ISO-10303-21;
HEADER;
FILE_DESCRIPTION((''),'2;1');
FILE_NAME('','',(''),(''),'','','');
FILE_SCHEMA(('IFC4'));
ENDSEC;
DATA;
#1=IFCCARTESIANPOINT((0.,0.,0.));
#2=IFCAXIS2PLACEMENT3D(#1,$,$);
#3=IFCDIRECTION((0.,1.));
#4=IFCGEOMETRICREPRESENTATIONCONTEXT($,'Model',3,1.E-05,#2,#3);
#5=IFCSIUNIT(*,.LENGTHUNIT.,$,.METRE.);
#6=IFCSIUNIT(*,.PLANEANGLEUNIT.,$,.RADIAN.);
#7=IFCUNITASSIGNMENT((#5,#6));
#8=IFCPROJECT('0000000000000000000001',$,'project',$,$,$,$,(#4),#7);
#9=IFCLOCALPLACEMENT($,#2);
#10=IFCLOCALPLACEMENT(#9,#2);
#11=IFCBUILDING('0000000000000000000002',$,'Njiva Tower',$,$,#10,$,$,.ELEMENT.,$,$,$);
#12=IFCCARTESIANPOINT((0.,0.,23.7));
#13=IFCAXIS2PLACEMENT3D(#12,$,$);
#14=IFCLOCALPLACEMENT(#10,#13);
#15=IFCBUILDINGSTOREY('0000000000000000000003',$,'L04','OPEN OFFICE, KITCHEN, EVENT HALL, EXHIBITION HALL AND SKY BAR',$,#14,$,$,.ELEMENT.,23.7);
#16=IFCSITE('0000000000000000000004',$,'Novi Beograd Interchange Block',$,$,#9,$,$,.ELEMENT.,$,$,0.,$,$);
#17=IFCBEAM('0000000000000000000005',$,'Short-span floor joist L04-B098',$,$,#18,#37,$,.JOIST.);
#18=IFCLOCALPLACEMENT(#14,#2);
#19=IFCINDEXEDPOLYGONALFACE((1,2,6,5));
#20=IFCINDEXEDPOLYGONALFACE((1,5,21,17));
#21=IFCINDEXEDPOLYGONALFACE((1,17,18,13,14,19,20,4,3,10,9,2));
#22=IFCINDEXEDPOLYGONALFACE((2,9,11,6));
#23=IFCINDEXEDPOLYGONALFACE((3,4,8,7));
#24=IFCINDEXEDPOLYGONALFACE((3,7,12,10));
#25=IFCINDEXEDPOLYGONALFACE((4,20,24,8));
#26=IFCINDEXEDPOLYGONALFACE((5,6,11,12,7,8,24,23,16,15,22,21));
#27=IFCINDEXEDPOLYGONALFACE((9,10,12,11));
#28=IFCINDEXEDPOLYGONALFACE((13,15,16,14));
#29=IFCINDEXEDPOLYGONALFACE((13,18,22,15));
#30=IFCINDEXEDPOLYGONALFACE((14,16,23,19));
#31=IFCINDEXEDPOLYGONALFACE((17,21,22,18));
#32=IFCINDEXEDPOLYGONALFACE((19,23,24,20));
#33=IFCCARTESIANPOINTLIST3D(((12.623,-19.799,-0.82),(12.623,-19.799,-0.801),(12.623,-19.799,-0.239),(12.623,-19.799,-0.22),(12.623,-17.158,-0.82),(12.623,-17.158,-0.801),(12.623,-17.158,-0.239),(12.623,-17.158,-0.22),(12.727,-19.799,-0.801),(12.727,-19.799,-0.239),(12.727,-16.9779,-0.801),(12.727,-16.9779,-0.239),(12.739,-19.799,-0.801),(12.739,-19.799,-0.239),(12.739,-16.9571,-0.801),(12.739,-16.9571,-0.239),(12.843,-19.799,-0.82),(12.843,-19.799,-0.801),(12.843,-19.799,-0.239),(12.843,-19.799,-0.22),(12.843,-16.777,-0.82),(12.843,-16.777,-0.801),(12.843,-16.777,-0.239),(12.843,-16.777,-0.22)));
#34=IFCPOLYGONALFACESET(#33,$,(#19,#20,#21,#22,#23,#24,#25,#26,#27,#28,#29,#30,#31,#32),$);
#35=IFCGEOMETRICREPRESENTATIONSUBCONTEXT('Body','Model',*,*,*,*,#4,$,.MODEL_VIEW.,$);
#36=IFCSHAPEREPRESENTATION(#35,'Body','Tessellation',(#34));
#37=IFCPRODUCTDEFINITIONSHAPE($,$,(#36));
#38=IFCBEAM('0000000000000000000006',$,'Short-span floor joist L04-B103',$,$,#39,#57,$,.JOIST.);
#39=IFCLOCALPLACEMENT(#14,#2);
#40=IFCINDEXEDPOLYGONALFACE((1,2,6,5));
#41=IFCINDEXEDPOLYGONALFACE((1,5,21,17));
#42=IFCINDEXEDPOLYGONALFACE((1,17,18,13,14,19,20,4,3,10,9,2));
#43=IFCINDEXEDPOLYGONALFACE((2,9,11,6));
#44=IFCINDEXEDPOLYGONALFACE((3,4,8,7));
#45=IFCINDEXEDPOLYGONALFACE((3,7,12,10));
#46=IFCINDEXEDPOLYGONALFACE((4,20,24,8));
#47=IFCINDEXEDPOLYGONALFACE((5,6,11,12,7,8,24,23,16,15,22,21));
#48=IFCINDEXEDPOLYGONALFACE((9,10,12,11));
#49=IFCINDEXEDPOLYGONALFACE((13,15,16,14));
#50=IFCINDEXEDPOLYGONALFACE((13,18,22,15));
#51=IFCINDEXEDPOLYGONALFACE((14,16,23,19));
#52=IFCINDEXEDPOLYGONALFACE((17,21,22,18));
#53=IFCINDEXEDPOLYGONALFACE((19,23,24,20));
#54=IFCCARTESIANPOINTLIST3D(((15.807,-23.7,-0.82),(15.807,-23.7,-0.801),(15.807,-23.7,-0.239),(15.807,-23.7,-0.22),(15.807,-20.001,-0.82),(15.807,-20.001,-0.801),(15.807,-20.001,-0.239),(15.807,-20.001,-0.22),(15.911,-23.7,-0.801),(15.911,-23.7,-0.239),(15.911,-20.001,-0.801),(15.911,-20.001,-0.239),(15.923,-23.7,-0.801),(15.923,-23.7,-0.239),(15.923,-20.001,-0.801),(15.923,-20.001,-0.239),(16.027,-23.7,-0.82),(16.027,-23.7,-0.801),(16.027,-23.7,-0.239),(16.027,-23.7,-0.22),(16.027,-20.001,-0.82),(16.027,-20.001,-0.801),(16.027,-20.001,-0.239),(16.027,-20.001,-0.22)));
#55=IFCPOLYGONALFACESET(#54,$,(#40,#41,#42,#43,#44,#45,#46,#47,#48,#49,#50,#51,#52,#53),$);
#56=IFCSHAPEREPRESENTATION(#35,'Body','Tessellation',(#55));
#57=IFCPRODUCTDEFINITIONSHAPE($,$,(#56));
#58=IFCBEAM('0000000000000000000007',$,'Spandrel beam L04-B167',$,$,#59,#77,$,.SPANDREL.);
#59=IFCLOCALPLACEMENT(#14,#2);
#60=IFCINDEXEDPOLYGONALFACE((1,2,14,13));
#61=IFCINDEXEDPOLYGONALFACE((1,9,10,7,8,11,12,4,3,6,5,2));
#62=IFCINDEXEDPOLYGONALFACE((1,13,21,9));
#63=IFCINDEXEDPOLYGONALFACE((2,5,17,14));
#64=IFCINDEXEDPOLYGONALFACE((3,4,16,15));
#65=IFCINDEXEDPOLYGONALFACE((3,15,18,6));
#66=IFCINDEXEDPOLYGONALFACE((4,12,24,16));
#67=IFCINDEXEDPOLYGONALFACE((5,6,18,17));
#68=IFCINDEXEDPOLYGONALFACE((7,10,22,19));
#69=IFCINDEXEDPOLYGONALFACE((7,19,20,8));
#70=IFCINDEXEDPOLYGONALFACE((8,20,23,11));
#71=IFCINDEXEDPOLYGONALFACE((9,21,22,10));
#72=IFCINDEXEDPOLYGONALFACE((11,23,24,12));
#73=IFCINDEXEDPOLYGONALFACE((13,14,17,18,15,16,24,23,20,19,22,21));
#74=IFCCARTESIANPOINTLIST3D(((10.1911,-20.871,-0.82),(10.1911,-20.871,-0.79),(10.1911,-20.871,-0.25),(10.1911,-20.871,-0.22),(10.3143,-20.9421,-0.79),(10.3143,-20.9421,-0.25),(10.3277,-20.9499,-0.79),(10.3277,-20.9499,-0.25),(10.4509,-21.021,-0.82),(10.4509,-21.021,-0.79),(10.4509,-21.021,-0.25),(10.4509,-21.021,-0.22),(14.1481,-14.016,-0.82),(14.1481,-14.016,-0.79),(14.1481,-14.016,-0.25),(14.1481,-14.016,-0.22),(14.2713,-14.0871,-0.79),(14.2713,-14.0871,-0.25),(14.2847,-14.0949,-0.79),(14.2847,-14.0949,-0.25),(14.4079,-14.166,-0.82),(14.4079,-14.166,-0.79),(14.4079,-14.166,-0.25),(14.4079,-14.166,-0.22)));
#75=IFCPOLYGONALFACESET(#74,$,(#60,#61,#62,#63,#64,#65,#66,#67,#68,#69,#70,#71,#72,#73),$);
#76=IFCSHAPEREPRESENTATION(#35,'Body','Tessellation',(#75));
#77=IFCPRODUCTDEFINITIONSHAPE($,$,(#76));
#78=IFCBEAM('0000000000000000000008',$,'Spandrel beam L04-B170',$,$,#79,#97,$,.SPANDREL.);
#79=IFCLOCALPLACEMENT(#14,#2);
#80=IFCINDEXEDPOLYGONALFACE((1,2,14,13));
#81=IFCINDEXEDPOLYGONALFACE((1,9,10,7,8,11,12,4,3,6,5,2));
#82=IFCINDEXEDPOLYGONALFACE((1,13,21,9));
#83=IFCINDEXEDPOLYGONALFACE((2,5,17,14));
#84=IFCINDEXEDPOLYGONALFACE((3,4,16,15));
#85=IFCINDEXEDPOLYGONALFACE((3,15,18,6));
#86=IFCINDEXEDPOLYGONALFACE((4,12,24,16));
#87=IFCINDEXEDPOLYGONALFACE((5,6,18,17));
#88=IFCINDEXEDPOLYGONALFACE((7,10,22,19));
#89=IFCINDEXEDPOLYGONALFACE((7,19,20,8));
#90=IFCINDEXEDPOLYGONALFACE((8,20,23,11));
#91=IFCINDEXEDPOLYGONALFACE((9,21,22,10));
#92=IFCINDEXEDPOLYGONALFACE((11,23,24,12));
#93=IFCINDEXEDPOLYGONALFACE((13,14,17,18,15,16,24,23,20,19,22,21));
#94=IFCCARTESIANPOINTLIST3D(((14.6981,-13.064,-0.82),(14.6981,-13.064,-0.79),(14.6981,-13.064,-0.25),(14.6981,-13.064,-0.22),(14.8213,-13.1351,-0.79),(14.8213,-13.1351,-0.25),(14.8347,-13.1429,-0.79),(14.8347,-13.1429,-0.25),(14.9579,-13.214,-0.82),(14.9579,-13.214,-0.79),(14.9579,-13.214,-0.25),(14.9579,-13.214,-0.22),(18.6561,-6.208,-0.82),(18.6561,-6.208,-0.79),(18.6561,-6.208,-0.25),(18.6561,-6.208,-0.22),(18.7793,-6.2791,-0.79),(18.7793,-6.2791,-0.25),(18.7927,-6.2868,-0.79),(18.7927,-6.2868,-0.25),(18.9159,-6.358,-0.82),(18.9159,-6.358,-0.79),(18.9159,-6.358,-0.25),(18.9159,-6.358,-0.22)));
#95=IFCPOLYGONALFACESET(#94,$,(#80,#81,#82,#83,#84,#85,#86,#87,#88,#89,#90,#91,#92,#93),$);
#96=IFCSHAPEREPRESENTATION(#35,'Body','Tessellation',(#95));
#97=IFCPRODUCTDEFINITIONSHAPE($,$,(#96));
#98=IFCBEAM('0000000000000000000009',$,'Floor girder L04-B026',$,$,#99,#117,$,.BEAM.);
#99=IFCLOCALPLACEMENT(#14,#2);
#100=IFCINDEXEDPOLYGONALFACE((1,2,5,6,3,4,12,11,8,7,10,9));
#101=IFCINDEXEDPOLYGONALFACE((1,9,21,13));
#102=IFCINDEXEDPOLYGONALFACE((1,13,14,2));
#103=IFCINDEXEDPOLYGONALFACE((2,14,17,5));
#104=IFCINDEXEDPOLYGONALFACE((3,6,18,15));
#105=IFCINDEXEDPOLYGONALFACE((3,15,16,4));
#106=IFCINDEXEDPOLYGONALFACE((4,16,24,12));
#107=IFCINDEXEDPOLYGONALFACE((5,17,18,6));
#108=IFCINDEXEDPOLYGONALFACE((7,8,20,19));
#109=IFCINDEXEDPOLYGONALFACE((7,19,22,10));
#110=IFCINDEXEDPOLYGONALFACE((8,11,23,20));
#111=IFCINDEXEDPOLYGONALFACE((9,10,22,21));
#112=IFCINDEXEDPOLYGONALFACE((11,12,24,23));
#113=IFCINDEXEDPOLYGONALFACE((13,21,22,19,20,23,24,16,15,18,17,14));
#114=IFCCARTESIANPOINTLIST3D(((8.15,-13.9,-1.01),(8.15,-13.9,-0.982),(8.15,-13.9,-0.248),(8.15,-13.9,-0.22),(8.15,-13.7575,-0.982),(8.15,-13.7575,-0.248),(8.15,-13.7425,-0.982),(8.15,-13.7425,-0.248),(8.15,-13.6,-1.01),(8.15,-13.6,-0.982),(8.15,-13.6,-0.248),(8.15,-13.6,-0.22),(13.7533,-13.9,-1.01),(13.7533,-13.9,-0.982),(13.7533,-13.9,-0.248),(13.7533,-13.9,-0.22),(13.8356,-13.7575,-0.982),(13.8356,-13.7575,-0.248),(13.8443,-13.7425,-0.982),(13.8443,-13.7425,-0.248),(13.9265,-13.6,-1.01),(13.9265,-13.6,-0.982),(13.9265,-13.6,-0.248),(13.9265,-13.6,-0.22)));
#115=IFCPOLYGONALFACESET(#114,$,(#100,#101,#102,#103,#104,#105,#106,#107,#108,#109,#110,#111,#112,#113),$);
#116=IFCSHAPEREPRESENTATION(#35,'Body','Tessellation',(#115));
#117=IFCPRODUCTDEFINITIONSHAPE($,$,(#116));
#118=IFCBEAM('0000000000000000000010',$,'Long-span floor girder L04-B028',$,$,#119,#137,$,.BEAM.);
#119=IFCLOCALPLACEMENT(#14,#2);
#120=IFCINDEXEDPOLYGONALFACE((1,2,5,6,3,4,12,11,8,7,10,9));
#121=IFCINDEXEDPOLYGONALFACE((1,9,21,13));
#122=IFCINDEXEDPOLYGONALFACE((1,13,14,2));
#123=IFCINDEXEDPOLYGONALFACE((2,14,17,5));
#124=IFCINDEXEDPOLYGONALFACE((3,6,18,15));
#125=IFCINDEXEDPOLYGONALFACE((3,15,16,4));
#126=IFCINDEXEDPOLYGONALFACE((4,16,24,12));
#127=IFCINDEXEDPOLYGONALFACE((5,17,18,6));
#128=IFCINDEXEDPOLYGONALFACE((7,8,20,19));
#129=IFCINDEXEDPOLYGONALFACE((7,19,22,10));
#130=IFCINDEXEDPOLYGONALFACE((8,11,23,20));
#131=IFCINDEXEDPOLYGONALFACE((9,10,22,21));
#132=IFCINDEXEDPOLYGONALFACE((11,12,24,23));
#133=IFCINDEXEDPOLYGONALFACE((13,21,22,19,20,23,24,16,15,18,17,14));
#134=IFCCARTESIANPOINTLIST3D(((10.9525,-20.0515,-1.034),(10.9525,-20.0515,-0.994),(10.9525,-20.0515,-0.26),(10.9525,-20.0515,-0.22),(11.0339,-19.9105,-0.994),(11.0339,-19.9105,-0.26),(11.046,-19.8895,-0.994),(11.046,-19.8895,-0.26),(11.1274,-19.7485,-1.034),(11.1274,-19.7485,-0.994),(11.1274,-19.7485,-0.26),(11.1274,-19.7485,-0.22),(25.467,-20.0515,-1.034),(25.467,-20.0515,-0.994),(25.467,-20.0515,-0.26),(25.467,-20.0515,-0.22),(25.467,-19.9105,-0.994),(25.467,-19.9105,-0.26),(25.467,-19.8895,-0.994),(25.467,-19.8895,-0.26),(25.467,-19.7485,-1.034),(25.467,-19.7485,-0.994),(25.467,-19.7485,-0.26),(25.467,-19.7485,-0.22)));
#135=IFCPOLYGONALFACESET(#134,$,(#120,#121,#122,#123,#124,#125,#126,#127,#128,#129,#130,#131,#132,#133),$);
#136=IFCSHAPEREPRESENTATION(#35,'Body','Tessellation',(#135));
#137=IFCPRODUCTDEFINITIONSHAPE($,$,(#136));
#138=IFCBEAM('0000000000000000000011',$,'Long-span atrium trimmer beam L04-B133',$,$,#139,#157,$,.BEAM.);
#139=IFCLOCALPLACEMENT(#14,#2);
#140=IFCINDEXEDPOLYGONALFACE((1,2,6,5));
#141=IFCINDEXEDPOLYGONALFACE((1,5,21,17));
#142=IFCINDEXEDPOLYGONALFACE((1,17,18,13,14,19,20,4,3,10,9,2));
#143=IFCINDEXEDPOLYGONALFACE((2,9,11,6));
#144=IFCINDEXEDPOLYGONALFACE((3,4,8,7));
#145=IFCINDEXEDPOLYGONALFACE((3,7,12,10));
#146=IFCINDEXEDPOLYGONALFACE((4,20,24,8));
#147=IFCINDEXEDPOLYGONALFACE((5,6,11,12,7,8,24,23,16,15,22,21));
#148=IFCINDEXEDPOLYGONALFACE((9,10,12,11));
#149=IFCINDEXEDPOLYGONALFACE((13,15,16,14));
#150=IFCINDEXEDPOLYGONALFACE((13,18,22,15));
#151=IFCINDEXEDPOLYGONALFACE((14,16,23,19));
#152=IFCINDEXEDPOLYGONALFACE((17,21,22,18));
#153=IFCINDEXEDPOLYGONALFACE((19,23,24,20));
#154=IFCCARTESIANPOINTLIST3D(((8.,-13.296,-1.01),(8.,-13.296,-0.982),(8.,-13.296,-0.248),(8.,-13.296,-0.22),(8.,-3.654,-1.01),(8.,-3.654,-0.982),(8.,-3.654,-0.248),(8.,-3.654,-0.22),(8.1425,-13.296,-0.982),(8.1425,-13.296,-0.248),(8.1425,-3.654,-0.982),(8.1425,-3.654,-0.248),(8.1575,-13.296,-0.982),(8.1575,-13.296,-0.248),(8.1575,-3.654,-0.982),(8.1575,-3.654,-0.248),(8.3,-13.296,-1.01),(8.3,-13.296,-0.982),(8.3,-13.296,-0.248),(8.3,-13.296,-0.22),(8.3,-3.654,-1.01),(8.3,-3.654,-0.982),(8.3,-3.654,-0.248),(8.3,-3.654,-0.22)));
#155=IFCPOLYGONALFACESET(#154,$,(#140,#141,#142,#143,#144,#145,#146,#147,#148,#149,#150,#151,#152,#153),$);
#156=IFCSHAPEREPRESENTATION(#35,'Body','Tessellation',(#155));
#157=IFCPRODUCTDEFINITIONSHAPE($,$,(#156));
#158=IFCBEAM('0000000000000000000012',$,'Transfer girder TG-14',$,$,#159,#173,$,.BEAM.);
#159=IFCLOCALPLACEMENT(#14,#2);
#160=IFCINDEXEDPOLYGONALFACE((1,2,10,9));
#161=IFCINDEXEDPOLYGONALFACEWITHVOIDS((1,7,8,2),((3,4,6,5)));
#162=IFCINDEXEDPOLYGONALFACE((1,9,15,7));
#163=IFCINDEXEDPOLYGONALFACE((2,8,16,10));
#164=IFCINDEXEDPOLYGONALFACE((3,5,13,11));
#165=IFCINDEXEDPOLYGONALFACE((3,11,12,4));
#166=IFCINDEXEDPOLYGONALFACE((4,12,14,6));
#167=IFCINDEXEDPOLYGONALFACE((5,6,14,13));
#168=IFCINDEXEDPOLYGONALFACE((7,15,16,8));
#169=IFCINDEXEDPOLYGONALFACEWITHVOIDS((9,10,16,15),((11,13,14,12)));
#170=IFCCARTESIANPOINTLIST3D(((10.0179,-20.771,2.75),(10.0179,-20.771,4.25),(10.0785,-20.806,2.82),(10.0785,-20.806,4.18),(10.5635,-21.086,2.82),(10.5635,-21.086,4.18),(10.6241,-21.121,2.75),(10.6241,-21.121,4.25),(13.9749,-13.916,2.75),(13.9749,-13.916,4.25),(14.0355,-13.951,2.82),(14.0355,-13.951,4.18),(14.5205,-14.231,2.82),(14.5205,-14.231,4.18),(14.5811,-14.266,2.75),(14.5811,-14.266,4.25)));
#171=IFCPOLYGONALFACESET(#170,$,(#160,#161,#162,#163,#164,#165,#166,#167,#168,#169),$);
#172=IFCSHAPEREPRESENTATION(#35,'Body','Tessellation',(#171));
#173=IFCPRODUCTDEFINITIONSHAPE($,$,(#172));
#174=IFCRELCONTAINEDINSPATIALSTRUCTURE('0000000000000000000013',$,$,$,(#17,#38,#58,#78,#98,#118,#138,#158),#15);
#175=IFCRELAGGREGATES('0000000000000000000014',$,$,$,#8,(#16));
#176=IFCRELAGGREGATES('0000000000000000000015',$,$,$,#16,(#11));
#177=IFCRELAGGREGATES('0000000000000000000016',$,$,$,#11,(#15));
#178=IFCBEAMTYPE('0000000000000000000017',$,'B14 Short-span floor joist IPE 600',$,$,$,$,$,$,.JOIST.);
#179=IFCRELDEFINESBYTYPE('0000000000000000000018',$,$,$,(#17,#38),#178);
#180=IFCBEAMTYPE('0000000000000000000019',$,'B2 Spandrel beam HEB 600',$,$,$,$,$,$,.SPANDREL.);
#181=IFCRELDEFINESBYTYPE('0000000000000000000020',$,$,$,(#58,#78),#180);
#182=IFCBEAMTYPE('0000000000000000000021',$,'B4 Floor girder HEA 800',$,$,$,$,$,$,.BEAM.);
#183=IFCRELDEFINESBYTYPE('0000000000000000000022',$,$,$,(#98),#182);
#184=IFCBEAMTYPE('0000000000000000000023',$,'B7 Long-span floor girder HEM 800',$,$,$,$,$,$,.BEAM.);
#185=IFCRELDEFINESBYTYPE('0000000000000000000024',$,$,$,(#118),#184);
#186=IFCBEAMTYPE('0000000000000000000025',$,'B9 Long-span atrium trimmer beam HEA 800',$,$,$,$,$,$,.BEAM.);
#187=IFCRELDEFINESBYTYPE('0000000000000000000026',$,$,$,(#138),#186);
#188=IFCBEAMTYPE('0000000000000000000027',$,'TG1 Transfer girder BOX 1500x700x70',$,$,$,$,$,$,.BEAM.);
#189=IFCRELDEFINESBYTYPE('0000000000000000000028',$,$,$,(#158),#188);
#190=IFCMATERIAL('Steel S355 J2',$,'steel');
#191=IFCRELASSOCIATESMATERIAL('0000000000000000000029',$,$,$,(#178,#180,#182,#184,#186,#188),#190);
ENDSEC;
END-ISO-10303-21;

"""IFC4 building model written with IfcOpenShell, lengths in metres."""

from ifc_helpers import new_model, si_unit, direction, frame, origin, origin_2d, place, context, subcontext, project, spatial, hollow_rectangle, i_section, extrude, clip, halfspace, material, material_profile, profile_set, type_object, element, save


model = new_model("IFC4")

# Units and contexts
model_context = context("Model", 3, precision=1e-05, world=origin(), true_north=direction((0.0, 1.0)))
body_context = subcontext(model_context, "Body", "Model", "MODEL_VIEW")
ifc_project = project(units=[si_unit("LENGTHUNIT", "METRE"), si_unit("PLANEANGLEUNIT", "RADIAN")], contexts=[model_context])

# Site, building, storey
site_placement = place(None, origin())
site = spatial("IfcSite", under=ifc_project, at=site_placement, Name="Novi Beograd Interchange Block", CompositionType="ELEMENT", RefElevation=0.0)
building_placement = place(site_placement, origin())
building = spatial("IfcBuilding", under=site, at=building_placement, Name="Njiva Tower", CompositionType="ELEMENT")
storey_placement = place(building_placement, frame((0.0, 0.0, 23.7)))
storey = spatial("IfcBuildingStorey", under=building, at=storey_placement, Name="L04", Description="OPEN OFFICE, KITCHEN, EVENT HALL, EXHIBITION HALL AND SKY BAR", CompositionType="ELEMENT", Elevation=23.7)

# Shared definitions
ifc_material_1 = material(Name="Steel S355 J2", Category="steel")

# Beams
ifc_material_profile_1 = material_profile(ifc_material_1, i_section(OverallWidth=0.22, OverallDepth=0.6, WebThickness=0.012, FlangeThickness=0.019, at=origin_2d()), Name="IPE 600")
ifc_profile_set_1 = profile_set([ifc_material_profile_1], Name="Steel S355 J2")
beam_type_1 = type_object("IfcBeamType", Name="B14 Short-span floor joist IPE 600", PredefinedType="JOIST", material=ifc_profile_set_1)
beam_1_placement = place(storey_placement, frame((12.733, -16.756, -0.52), z_axis=(0.0, -1.0, 0.0), x_axis=(1.0, 0.0, 0.0)))
element("IfcBeam", 1, at=beam_1_placement, inside=storey, type_object=beam_type_1, Name="Short-span floor joist L04-B098", PredefinedType="JOIST", context=body_context, shape_type="Clipping", body=[
    clip(extrude(i_section(OverallWidth=0.22, OverallDepth=0.6, WebThickness=0.012, FlangeThickness=0.019, at=origin_2d()), origin(), (0.0, 0.0, 1.0), 3.043), halfspace(frame((-0.043, 0.0, 0.286), z_axis=(-0.866027, 0.0, -0.499998), x_axis=(0.0, -1.0, 0.0)), False)),
])
beam_2_placement = place(storey_placement, frame((15.917, -20.001, -0.52), z_axis=(0.0, -1.0, 0.0), x_axis=(1.0, 0.0, 0.0)))
element("IfcBeam", 2, at=beam_2_placement, inside=storey, type_object=beam_type_1, Name="Short-span floor joist L04-B103", PredefinedType="JOIST", context=body_context, shape_type="SweptSolid", body=[
    extrude(i_section(OverallWidth=0.22, OverallDepth=0.6, WebThickness=0.012, FlangeThickness=0.019, at=origin_2d()), origin(), (0.0, 0.0, 1.0), 3.699),
])
ifc_material_profile_2 = material_profile(ifc_material_1, i_section(OverallWidth=0.3, OverallDepth=0.6, WebThickness=0.0155, FlangeThickness=0.03, at=origin_2d()), Name="HEB 600")
ifc_profile_set_2 = profile_set([ifc_material_profile_2], Name="Steel S355 J2")
beam_type_2 = type_object("IfcBeamType", Name="B2 Spandrel beam HEB 600", PredefinedType="SPANDREL", material=ifc_profile_set_2)
beam_3_placement = place(storey_placement, frame((10.321, -20.946, -0.52), z_axis=(0.49993, 0.866066, 0.0), x_axis=(-0.866066, 0.49993, 0.0)))
element("IfcBeam", 3, at=beam_3_placement, inside=storey, type_object=beam_type_2, Name="Spandrel beam L04-B167", PredefinedType="SPANDREL", context=body_context, shape_type="SweptSolid", body=[
    extrude(i_section(OverallWidth=0.3, OverallDepth=0.6, WebThickness=0.0155, FlangeThickness=0.03, at=origin_2d()), origin(), (0.0, 0.0, 1.0), 7.9151),
])
beam_4_placement = place(storey_placement, frame((14.828, -13.139, -0.52), z_axis=(0.49997, 0.866043, 0.0), x_axis=(-0.866043, 0.49997, 0.0)))
element("IfcBeam", 4, at=beam_4_placement, inside=storey, type_object=beam_type_2, Name="Spandrel beam L04-B170", PredefinedType="SPANDREL", context=body_context, shape_type="SweptSolid", body=[
    extrude(i_section(OverallWidth=0.3, OverallDepth=0.6, WebThickness=0.0155, FlangeThickness=0.03, at=origin_2d()), origin(), (0.0, 0.0, 1.0), 7.9165),
])
ifc_material_profile_3 = material_profile(ifc_material_1, i_section(OverallWidth=0.3, OverallDepth=0.79, WebThickness=0.015, FlangeThickness=0.028, at=origin_2d()), Name="HEA 800")
ifc_profile_set_3 = profile_set([ifc_material_profile_3], Name="Steel S355 J2")
beam_type_3 = type_object("IfcBeamType", Name="B4 Floor girder HEA 800", PredefinedType="BEAM", material=ifc_profile_set_3)
beam_5_placement = place(storey_placement, frame((8.15, -13.75, -0.615), z_axis=(1.0, 0.0, 0.0), x_axis=(0.0, 1.0, 0.0)))
element("IfcBeam", 5, at=beam_5_placement, inside=storey, type_object=beam_type_3, Name="Floor girder L04-B026", PredefinedType="BEAM", context=body_context, shape_type="Clipping", body=[
    clip(extrude(i_section(OverallWidth=0.3, OverallDepth=0.79, WebThickness=0.015, FlangeThickness=0.028, at=origin_2d()), origin(), (0.0, 0.0, 1.0), 5.797), halfspace(frame((-0.025, 0.0, 5.6755), z_axis=(-0.499998, 0.0, 0.866027), x_axis=(0.0, 1.0, 0.0)), False)),
])
ifc_material_profile_4 = material_profile(ifc_material_1, i_section(OverallWidth=0.303, OverallDepth=0.814, WebThickness=0.021, FlangeThickness=0.04, at=origin_2d()), Name="HEM 800")
ifc_profile_set_4 = profile_set([ifc_material_profile_4], Name="Steel S355 J2")
beam_type_4 = type_object("IfcBeamType", Name="B7 Long-span floor girder HEM 800", PredefinedType="BEAM", material=ifc_profile_set_4)
beam_6_placement = place(storey_placement, frame((10.933, -19.9, -0.627), z_axis=(1.0, 0.0, 0.0), x_axis=(0.0, 1.0, 0.0)))
element("IfcBeam", 6, at=beam_6_placement, inside=storey, type_object=beam_type_4, Name="Long-span floor girder L04-B028", PredefinedType="BEAM", context=body_context, shape_type="Clipping", body=[
    clip(extrude(i_section(OverallWidth=0.303, OverallDepth=0.814, WebThickness=0.021, FlangeThickness=0.04, at=origin_2d()), origin(), (0.0, 0.0, 1.0), 14.534), halfspace(frame((0.025, 0.0, 0.1214), z_axis=(0.499998, 0.0, -0.866027), x_axis=(0.0, -1.0, 0.0)), False)),
])
ifc_material_profile_5 = material_profile(ifc_material_1, i_section(OverallWidth=0.3, OverallDepth=0.79, WebThickness=0.015, FlangeThickness=0.028, at=origin_2d()), Name="HEA 800")
ifc_profile_set_5 = profile_set([ifc_material_profile_5], Name="Steel S355 J2")
beam_type_5 = type_object("IfcBeamType", Name="B9 Long-span atrium trimmer beam HEA 800", PredefinedType="BEAM", material=ifc_profile_set_5)
beam_7_placement = place(storey_placement, frame((8.15, -13.296, -0.615), z_axis=(0.0, 1.0, 0.0), x_axis=(-1.0, 0.0, 0.0)))
element("IfcBeam", 7, at=beam_7_placement, inside=storey, type_object=beam_type_5, Name="Long-span atrium trimmer beam L04-B133", PredefinedType="BEAM", context=body_context, shape_type="SweptSolid", body=[
    extrude(i_section(OverallWidth=0.3, OverallDepth=0.79, WebThickness=0.015, FlangeThickness=0.028, at=origin_2d()), origin(), (0.0, 0.0, 1.0), 9.642),
])
ifc_material_profile_6 = material_profile(ifc_material_1, hollow_rectangle(XDim=0.7, YDim=1.5, WallThickness=0.07, at=origin_2d()), Name="BOX 1500x700x70")
ifc_profile_set_6 = profile_set([ifc_material_profile_6], Name="Steel S355 J2")
beam_type_6 = type_object("IfcBeamType", Name="TG1 Transfer girder BOX 1500x700x70", PredefinedType="BEAM", material=ifc_profile_set_6)
beam_8_placement = place(storey_placement, frame((10.321, -20.946, 3.5), z_axis=(0.49993, 0.866066, 0.0), x_axis=(-0.866066, 0.49993, 0.0)))
element("IfcBeam", 8, at=beam_8_placement, inside=storey, type_object=beam_type_6, Name="Transfer girder TG-14", PredefinedType="BEAM", context=body_context, shape_type="SweptSolid", body=[
    extrude(hollow_rectangle(XDim=0.7, YDim=1.5, WallThickness=0.07, at=origin_2d()), origin(), (0.0, 0.0, 1.0), 7.9151),
])

save(model, "model.ifc")
